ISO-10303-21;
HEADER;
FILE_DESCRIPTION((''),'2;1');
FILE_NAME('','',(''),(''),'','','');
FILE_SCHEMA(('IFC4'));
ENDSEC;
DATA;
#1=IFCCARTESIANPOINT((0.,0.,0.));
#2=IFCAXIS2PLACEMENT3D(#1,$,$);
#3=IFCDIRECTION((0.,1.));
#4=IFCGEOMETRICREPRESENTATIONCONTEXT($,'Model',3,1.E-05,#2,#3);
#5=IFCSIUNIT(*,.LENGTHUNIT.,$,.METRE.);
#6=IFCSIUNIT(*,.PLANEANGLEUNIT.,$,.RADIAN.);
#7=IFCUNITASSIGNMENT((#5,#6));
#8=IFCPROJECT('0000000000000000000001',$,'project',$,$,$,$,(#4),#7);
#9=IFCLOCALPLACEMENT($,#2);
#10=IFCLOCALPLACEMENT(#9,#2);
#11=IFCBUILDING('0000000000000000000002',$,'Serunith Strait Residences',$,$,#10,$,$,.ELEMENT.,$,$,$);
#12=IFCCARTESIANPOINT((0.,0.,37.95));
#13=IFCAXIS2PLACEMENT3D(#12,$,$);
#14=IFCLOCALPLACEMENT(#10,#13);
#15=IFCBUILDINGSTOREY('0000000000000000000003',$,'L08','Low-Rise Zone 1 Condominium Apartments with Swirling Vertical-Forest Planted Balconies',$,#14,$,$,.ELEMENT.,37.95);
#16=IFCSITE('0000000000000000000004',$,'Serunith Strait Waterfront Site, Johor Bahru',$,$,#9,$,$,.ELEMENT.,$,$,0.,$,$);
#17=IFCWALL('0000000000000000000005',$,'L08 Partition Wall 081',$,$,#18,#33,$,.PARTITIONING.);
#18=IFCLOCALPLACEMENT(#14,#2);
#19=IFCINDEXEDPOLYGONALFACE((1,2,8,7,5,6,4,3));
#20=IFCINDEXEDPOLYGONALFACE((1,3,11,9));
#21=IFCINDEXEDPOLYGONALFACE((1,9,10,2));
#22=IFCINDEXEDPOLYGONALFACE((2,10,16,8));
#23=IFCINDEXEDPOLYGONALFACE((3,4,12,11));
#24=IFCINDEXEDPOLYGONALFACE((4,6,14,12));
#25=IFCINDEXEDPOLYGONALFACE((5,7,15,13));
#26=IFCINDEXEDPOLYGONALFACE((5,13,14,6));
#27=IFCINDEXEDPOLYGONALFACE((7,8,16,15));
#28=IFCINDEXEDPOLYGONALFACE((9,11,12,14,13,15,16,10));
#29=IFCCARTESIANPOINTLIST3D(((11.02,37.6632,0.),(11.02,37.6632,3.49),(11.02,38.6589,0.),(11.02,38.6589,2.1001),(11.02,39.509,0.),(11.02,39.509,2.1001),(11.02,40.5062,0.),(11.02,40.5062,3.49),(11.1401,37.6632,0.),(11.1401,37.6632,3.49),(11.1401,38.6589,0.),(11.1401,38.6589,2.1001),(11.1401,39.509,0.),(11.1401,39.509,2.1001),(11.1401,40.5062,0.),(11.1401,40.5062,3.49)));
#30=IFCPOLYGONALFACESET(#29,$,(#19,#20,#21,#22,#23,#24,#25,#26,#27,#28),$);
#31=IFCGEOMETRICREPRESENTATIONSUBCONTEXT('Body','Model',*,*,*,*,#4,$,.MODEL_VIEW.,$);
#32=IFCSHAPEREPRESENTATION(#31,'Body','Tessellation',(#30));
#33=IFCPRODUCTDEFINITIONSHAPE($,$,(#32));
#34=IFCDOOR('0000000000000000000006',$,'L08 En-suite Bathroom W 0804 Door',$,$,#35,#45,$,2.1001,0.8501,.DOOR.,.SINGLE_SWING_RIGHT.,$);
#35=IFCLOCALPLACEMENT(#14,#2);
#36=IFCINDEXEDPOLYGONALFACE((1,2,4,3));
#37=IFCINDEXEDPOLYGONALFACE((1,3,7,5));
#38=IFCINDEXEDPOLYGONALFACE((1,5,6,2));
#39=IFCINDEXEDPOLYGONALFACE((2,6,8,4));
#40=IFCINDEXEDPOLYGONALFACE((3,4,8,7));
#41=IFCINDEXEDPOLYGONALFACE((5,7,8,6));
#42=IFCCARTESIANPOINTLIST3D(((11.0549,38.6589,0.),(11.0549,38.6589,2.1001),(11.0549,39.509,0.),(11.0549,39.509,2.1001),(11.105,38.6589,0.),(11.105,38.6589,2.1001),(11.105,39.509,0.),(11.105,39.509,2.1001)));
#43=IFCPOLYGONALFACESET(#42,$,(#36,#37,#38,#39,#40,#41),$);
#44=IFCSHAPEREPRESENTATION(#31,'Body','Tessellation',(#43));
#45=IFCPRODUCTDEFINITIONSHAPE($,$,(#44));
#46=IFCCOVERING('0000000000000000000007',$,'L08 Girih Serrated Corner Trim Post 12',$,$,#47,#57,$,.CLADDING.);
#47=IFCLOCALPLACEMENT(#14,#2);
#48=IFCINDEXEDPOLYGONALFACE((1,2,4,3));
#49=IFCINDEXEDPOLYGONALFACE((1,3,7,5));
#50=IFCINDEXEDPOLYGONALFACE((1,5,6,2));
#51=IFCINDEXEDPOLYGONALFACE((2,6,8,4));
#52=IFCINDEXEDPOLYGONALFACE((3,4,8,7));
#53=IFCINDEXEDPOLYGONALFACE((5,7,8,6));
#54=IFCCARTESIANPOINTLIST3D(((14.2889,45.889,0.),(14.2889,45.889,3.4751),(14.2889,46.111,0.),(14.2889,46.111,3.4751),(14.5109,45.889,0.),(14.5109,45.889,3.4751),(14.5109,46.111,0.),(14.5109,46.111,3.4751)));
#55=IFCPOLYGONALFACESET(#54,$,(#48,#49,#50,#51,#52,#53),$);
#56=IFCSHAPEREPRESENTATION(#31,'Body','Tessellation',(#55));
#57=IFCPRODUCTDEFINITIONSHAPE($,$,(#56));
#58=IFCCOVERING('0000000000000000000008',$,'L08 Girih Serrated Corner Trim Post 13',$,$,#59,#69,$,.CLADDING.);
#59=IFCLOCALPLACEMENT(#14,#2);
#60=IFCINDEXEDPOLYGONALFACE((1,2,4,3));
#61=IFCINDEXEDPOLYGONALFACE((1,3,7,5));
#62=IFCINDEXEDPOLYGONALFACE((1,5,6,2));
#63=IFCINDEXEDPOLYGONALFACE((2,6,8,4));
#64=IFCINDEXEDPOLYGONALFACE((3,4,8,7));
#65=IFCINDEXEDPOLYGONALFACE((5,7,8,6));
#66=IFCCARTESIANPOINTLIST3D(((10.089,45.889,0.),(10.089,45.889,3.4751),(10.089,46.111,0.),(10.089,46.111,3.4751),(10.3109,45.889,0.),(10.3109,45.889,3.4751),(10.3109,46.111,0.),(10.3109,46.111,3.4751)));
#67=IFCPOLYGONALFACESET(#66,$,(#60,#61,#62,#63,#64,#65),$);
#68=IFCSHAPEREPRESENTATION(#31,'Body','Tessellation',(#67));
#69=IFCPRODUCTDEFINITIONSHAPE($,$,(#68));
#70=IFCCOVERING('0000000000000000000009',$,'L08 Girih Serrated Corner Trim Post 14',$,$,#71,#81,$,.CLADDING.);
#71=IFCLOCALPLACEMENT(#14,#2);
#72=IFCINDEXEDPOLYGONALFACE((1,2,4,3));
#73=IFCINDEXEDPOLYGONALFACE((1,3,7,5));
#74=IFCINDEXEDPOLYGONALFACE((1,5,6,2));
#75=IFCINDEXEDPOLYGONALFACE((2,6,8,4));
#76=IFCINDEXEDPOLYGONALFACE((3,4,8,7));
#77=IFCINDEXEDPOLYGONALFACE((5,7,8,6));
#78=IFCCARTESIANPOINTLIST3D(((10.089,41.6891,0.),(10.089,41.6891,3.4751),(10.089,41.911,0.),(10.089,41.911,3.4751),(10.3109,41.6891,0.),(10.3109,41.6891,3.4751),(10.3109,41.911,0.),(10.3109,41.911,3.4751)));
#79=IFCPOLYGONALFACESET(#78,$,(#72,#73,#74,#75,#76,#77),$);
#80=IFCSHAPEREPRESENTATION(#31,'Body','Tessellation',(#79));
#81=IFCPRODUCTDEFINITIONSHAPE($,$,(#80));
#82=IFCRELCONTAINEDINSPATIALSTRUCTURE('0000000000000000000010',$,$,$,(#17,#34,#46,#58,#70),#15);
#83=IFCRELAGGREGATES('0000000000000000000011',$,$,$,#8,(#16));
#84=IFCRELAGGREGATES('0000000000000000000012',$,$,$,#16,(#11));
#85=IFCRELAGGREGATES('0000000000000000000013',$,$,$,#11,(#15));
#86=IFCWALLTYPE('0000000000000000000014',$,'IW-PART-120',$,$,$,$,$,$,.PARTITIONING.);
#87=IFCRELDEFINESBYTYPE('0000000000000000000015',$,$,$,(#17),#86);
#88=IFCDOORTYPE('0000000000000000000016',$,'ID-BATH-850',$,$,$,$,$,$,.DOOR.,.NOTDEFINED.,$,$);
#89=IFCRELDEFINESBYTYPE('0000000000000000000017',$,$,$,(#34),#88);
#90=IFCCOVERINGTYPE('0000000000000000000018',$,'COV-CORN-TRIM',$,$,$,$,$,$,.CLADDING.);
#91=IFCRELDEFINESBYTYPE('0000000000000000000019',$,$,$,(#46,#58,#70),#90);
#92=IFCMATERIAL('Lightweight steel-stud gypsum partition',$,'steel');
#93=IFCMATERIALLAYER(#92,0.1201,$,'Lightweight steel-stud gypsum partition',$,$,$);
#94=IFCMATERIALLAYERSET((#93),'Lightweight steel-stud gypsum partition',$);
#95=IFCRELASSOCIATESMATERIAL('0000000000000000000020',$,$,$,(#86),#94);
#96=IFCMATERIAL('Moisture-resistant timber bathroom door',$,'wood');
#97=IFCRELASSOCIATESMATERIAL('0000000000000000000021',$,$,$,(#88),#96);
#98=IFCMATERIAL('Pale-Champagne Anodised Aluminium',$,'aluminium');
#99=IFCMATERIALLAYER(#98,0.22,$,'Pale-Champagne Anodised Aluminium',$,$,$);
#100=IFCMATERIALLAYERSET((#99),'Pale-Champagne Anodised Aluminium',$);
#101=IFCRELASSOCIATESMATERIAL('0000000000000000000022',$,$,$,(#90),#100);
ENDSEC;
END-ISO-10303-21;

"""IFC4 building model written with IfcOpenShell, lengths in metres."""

from ifc_helpers import new_model, si_unit, direction, frame, frame_2d, origin, origin_2d, place, context, subcontext, project, spatial, rectangle, extrude, source, transform, mapped, material, layer, layer_set, type_object, element, fill, save


model = new_model("IFC4")

# Units and contexts
model_context = context("Model", 3, precision=1e-05, world=origin(), true_north=direction((0.0, 1.0)))
body_context = subcontext(model_context, "Body", "Model", "MODEL_VIEW")
ifc_project = project(units=[si_unit("LENGTHUNIT", "METRE"), si_unit("PLANEANGLEUNIT", "RADIAN")], contexts=[model_context])

# Site, building, storey
site_placement = place(None, origin())
site = spatial("IfcSite", under=ifc_project, at=site_placement, Name="Serunith Strait Waterfront Site, Johor Bahru", CompositionType="ELEMENT", RefElevation=0.0)
building_placement = place(site_placement, origin())
building = spatial("IfcBuilding", under=site, at=building_placement, Name="Serunith Strait Residences", CompositionType="ELEMENT")
storey_placement = place(building_placement, frame((0.0, 0.0, 37.95)))
storey = spatial("IfcBuildingStorey", under=building, at=storey_placement, Name="L08", Description="Low-Rise Zone 1 Condominium Apartments with Swirling Vertical-Forest Planted Balconies", CompositionType="ELEMENT", Elevation=37.95)

# Shared definitions
ifc_material_1 = material(Name="Pale-Champagne Anodised Aluminium", Category="aluminium")

# Shared definitions
ifc_material_2 = material(Name="Lightweight steel-stud gypsum partition", Category="steel")
ifc_layer_1 = layer(ifc_material_2, 0.1201, Name="Lightweight steel-stud gypsum partition")
ifc_layer_set_1 = layer_set([ifc_layer_1], Name="Lightweight steel-stud gypsum partition")
wall_type_1 = type_object("IfcWallType", Name="IW-PART-120", PredefinedType="PARTITIONING", material=ifc_layer_set_1)

# Wall, opening, door
wall_1_placement = place(storey_placement, frame((11.0801, 40.5061, 0.0), z_axis=(0.0, 0.0, 1.0), x_axis=(0.0, -1.0, 0.0)))
wall_1 = element("IfcWall", 1, at=wall_1_placement, inside=storey, type_object=wall_type_1, Name="L08 Partition Wall 081", PredefinedType="PARTITIONING", context=body_context, shape_type="SweptSolid", body=[
    extrude(rectangle(XDim=2.843, YDim=0.1201, at=frame_2d((1.4214, 0.0))), origin(), (0.0, 0.0, 1.0), 3.49),
])
opening_1_placement = place(wall_1_placement, frame((0.9971, 0.0, 0.0)))
opening_1 = element("IfcOpeningElement", 2, at=opening_1_placement, cuts=wall_1, PredefinedType="OPENING", context=body_context, shape_type="SweptSolid", body=[
    extrude(rectangle(XDim=0.8501, YDim=2.1001, at=frame_2d((0.425, 1.05))), frame((0.0, 0.0701, 0.0), z_axis=(0.0, -1.0, 0.0), x_axis=(1.0, 0.0, 0.0)), (0.0, 0.0, 1.0), 0.1401),
])
ifc_material_3 = material(Name="Moisture-resistant timber bathroom door", Category="wood")
door_type = type_object("IfcDoorType", Name="ID-BATH-850", OperationType="NOTDEFINED", PredefinedType="DOOR", material=ifc_material_3)
shared_shape_1 = source(origin(), body_context, "Body", "SweptSolid", [
    extrude(rectangle(XDim=0.8501, YDim=2.1001, at=frame_2d((0.425, 1.05))), frame((0.0, 0.0249, 0.0), z_axis=(0.0, -1.0, 0.0), x_axis=(1.0, 0.0, 0.0)), (0.0, 0.0, 1.0), 0.05),
])
door_placement = place(opening_1_placement, origin())
door = element("IfcDoor", 3, at=door_placement, inside=storey, type_object=door_type, Name="L08 En-suite Bathroom W 0804 Door", OperationType="SINGLE_SWING_RIGHT", OverallHeight=2.1001, OverallWidth=0.8501, PredefinedType="DOOR", context=body_context, shape_type="MappedRepresentation", body=[
    mapped(shared_shape_1, transform((0.0, 0.0, 0.0), scale=1.0)),
])
fill(opening_1, door)

# Coverings
ifc_layer_2 = layer(ifc_material_1, 0.22, Name="Pale-Champagne Anodised Aluminium")
ifc_layer_set_2 = layer_set([ifc_layer_2], Name="Pale-Champagne Anodised Aluminium")
covering_type = type_object("IfcCoveringType", Name="COV-CORN-TRIM", PredefinedType="CLADDING", material=ifc_layer_set_2)
shared_shape_2 = source(origin(), body_context, "Body", "SweptSolid", [
    extrude(rectangle(XDim=0.2219, YDim=0.2219, at=origin_2d()), origin(), (0.0, 0.0, 1.0), 3.4751),
])
for number, where, z_axis, x_axis, name in (
    (4, (14.3999, 46.0, 0.0), (0.0, 0.0, 1.0), (1.0, 0.0, 0.0), "L08 Girih Serrated Corner Trim Post 12"),
    (5, (10.2, 46.0, 0.0), (0.0, 0.0, 1.0), (1.0, 0.0, 0.0), "L08 Girih Serrated Corner Trim Post 13"),
    (6, (10.2, 41.8, 0.0), (0.0, 0.0, 1.0), (1.0, 0.0, 0.0), "L08 Girih Serrated Corner Trim Post 14"),
):
    element("IfcCovering", number, at=place(storey_placement, frame(where, z_axis=z_axis, x_axis=x_axis)), inside=storey, type_object=covering_type, Name=name, PredefinedType="CLADDING", context=body_context, shape_type="MappedRepresentation", body=[
        mapped(shared_shape_2, transform((0.0, 0.0, 0.0), scale=1.0)),
    ])

save(model, "model.ifc")
